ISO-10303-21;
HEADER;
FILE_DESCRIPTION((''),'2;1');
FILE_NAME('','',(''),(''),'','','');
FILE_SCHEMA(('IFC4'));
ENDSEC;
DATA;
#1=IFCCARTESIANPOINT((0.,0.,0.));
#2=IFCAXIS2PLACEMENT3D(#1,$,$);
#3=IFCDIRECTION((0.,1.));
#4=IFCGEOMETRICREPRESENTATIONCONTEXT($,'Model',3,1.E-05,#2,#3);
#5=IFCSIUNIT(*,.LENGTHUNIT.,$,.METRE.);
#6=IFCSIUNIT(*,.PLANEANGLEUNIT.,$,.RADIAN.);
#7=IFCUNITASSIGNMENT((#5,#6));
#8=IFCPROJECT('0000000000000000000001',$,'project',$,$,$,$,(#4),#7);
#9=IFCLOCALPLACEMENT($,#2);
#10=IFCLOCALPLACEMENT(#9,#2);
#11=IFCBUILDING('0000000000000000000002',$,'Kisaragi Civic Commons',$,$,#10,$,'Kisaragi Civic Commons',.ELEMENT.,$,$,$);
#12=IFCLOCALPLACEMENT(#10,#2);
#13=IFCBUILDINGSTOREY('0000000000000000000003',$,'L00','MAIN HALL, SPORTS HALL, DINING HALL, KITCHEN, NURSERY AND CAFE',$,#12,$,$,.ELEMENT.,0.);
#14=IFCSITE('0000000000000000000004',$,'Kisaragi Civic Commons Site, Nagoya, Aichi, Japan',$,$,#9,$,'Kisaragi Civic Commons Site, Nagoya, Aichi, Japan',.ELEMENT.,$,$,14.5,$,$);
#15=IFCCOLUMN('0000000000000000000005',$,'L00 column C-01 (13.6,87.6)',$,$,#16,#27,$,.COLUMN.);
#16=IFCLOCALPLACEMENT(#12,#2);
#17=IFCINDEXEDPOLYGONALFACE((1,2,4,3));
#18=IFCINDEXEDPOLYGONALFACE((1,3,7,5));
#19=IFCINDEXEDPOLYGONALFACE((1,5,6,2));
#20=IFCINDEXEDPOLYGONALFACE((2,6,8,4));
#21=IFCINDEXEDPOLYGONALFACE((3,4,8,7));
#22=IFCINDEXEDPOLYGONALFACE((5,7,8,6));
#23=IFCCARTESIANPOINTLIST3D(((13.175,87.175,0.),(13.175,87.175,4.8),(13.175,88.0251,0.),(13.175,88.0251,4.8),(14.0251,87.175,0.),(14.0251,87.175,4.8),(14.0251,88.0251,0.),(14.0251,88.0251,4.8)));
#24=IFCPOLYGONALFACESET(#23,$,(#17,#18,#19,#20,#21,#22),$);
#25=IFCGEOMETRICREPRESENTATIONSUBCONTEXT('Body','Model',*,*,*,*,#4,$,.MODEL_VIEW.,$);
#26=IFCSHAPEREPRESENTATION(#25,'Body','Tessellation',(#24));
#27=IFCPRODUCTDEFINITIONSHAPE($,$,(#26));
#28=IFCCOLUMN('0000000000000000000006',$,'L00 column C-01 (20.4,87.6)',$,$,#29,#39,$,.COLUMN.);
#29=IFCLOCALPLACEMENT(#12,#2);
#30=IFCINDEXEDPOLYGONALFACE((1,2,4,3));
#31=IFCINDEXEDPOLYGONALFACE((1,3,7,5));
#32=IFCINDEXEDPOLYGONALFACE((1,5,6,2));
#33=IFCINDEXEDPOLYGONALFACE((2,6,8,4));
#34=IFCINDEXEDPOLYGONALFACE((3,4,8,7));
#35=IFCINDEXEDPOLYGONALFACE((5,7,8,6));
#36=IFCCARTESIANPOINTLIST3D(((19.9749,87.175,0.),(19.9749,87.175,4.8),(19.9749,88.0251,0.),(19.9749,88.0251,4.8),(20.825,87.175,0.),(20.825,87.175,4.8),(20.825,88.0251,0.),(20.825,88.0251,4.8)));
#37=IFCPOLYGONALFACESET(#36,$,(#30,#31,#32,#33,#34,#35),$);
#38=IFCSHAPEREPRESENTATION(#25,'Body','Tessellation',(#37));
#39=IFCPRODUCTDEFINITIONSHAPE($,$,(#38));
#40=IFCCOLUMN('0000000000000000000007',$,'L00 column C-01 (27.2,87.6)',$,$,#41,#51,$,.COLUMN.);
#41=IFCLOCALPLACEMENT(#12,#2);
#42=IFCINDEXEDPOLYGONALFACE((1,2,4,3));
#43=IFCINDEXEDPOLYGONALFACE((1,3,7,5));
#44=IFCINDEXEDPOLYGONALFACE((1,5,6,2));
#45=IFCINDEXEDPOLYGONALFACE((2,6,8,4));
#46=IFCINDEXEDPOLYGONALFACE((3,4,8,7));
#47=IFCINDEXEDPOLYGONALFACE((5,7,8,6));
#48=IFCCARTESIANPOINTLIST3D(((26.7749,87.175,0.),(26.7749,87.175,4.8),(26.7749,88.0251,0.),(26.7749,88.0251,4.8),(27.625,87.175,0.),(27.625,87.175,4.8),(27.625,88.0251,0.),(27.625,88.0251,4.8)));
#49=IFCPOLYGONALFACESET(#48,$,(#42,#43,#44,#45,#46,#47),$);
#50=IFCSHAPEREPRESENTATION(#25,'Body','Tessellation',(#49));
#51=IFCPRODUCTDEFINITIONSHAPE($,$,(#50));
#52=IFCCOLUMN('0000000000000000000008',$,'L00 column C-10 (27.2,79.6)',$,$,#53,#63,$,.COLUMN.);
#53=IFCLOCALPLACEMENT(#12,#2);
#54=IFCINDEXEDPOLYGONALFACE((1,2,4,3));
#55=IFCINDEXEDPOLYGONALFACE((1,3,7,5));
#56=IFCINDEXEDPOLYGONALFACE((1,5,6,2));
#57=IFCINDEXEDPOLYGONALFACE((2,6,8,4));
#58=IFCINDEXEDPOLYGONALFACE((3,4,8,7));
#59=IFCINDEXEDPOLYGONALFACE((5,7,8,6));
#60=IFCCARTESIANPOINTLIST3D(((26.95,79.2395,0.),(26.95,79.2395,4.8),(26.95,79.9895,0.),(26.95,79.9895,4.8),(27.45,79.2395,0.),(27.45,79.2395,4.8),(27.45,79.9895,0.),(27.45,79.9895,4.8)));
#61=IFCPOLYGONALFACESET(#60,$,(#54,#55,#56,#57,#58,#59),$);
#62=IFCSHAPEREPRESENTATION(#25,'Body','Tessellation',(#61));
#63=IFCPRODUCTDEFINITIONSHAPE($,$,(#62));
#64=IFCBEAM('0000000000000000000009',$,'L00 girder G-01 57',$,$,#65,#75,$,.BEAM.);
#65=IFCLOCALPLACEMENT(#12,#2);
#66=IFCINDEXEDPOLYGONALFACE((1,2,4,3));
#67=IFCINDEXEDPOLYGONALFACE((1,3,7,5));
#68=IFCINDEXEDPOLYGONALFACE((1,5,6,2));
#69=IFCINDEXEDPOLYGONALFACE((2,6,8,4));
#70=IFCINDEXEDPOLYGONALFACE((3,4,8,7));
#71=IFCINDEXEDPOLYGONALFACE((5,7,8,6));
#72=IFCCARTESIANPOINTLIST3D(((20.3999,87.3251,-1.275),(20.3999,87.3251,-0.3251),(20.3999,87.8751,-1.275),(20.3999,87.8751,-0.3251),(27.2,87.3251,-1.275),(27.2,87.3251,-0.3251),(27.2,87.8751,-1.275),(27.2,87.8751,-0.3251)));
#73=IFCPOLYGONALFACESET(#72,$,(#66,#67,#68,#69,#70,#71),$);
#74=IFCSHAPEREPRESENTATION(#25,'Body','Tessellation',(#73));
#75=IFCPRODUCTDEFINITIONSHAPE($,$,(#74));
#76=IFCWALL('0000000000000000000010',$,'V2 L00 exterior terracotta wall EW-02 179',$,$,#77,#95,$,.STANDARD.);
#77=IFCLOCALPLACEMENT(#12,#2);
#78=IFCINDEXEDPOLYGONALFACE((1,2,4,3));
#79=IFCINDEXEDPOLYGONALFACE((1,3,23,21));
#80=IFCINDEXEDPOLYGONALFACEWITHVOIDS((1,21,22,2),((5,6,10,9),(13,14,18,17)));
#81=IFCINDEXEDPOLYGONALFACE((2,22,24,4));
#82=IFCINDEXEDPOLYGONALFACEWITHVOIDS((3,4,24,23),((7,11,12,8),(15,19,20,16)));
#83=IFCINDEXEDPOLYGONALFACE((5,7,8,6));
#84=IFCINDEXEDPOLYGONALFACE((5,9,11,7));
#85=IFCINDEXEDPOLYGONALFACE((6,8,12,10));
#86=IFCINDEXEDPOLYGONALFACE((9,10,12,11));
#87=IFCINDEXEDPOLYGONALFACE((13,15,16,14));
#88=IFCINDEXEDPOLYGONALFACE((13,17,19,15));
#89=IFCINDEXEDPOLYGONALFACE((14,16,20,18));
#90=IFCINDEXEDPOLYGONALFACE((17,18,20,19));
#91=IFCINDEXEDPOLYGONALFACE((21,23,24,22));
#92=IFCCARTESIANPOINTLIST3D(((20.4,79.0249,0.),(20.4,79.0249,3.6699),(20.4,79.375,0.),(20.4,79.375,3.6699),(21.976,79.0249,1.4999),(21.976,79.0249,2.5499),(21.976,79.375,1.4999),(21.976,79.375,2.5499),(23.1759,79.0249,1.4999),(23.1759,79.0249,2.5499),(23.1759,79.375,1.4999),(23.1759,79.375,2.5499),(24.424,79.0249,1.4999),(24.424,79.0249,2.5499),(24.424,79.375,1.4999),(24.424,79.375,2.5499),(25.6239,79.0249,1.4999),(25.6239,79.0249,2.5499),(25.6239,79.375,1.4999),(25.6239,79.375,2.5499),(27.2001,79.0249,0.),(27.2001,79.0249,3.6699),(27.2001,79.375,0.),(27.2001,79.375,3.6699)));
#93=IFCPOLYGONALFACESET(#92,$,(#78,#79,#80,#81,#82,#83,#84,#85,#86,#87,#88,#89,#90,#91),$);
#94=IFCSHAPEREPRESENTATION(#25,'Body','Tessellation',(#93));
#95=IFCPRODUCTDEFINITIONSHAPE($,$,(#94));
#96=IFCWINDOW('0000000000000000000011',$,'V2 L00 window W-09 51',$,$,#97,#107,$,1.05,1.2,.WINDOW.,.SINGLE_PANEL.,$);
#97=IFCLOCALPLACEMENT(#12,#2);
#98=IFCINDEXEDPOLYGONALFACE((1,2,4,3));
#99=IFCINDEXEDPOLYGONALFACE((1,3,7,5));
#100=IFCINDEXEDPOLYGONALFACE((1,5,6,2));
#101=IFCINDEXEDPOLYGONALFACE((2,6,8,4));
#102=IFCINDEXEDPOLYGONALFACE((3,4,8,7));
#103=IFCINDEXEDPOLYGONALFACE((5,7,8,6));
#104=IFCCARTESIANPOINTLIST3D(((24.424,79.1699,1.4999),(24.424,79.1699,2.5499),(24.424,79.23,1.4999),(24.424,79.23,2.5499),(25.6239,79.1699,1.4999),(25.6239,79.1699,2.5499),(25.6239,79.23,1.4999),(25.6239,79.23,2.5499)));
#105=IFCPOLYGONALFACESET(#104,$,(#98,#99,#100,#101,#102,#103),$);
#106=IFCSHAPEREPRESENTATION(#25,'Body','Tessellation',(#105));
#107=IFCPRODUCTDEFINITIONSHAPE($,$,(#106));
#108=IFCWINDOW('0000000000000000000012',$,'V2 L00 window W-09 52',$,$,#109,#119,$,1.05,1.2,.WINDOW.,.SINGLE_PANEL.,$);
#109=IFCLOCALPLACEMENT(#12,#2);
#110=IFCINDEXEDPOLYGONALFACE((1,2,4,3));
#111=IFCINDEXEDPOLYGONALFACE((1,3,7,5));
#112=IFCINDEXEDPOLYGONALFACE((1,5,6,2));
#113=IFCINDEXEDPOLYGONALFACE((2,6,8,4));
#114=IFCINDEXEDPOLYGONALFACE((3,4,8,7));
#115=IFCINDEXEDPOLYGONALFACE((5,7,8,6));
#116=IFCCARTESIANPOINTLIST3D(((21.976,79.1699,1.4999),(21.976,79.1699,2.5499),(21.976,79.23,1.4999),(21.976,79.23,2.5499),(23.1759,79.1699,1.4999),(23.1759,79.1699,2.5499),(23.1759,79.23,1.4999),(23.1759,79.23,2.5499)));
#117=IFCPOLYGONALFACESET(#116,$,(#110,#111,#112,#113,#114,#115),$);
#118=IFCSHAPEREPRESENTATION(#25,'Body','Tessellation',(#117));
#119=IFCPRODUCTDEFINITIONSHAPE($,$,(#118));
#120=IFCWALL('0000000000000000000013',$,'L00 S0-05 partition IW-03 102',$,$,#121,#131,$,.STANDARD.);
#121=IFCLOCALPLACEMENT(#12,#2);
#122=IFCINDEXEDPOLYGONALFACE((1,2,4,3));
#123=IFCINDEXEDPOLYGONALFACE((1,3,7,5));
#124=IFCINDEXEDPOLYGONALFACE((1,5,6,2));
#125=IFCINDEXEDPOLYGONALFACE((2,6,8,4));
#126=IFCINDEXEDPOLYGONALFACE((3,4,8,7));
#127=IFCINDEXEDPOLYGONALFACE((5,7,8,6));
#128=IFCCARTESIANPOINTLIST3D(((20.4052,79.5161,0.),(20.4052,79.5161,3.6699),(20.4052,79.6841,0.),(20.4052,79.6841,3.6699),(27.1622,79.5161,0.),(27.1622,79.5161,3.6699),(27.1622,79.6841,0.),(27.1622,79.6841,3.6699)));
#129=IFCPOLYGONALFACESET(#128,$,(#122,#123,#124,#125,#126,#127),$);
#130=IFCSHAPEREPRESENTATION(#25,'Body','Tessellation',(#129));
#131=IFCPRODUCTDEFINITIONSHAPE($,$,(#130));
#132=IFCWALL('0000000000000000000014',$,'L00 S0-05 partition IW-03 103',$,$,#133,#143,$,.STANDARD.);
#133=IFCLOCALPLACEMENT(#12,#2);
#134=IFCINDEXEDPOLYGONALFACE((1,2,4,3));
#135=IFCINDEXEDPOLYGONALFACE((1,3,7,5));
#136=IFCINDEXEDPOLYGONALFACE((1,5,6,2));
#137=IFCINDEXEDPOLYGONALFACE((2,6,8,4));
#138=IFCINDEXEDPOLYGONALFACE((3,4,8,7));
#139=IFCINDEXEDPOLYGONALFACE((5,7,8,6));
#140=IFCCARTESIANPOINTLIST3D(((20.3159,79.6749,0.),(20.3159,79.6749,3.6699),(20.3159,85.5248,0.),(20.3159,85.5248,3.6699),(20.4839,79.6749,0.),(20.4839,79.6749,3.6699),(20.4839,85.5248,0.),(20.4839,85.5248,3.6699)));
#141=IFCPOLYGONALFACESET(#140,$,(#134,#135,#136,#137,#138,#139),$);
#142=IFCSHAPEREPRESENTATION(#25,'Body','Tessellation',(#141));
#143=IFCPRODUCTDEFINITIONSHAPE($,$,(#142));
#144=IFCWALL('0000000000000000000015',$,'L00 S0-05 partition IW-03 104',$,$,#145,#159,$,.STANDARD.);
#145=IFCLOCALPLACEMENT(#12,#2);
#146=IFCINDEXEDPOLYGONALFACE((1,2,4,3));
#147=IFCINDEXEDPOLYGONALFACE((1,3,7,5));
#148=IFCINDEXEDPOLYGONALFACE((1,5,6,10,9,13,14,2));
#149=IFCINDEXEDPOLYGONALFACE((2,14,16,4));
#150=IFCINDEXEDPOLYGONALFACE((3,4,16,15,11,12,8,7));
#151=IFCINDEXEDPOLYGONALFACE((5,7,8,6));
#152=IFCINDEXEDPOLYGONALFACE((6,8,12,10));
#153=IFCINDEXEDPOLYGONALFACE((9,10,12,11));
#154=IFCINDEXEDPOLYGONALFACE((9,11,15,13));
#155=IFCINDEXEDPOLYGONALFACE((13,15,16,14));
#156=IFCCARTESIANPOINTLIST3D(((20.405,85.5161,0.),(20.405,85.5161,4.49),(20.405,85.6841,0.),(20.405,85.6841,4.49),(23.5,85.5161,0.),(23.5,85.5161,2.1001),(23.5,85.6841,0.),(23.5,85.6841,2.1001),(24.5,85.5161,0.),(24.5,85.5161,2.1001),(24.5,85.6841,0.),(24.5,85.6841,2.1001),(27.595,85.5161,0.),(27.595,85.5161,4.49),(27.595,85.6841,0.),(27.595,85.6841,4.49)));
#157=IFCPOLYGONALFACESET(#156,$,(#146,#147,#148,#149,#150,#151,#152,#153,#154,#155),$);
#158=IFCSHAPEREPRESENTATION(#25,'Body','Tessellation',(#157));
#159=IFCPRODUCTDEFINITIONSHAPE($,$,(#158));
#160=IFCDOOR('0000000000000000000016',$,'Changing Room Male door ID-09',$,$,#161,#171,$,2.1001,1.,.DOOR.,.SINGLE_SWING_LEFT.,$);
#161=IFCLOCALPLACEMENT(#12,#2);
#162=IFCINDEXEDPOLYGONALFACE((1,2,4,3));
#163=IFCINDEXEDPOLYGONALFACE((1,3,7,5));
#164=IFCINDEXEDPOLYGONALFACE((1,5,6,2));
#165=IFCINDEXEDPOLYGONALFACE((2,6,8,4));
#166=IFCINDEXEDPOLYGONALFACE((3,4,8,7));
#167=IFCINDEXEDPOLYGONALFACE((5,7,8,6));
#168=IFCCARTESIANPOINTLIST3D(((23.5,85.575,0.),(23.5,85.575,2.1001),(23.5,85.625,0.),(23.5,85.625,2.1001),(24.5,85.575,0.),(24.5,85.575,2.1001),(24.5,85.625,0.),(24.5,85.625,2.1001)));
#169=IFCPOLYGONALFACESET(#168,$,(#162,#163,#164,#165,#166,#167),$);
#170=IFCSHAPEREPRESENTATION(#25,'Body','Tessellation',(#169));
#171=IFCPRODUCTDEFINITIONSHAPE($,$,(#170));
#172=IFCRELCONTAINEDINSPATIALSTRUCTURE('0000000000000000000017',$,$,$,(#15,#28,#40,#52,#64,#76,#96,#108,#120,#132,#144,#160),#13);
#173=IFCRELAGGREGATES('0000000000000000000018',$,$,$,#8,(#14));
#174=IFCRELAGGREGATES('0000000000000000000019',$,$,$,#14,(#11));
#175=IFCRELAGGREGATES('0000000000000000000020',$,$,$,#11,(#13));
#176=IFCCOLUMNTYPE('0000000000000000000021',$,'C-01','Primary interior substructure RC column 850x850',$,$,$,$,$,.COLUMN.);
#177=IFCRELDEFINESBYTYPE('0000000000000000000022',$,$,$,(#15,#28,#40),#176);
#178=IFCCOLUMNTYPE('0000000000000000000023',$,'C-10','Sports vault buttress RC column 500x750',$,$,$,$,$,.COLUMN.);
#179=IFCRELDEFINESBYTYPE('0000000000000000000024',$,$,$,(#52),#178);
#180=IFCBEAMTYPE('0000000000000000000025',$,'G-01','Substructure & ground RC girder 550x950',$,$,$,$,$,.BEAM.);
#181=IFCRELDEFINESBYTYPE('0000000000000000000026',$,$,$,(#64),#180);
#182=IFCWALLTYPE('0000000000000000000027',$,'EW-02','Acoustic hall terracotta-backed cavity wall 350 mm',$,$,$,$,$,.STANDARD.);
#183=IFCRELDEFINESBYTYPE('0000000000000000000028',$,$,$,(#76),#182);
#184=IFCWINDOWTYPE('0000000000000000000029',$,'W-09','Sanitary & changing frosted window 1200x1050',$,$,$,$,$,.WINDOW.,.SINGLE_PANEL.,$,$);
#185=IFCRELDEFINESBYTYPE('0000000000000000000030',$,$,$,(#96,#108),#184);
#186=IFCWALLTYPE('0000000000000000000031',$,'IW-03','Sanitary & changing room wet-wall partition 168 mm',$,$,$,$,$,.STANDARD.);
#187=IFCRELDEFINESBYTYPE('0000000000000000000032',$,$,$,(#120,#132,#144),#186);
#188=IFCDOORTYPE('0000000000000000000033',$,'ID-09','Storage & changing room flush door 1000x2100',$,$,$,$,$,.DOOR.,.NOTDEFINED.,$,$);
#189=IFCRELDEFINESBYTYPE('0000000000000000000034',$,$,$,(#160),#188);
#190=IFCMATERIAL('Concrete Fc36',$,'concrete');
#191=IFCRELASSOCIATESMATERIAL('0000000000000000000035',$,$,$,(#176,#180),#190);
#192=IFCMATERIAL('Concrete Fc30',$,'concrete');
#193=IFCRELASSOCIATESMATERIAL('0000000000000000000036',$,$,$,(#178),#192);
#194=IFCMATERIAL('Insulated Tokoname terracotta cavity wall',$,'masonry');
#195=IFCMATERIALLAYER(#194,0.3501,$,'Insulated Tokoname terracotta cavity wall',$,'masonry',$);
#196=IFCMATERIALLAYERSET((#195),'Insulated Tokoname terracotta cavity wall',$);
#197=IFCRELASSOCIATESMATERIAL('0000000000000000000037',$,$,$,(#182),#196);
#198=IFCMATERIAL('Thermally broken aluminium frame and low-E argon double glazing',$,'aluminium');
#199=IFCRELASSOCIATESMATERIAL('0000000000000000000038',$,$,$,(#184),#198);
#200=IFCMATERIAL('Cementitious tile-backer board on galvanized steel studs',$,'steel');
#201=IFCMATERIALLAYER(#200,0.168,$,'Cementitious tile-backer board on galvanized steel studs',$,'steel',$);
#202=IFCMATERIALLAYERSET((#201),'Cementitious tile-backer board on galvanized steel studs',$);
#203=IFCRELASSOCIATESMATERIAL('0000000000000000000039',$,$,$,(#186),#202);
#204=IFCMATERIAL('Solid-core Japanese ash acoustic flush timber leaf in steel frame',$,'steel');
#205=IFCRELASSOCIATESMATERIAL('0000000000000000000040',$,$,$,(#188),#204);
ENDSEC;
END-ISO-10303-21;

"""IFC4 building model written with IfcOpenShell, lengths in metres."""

from ifc_helpers import new_model, si_unit, direction, frame, frame_2d, origin, origin_2d, place, context, subcontext, project, spatial, rectangle, extrude, material, layer, layer_set, material_profile, profile_set, type_object, element, fill, save


model = new_model("IFC4")

# Units and contexts
model_context = context("Model", 3, precision=1e-05, world=origin(), true_north=direction((0.0, 1.0)))
body_context = subcontext(model_context, "Body", "Model", "MODEL_VIEW")
ifc_project = project(units=[si_unit("LENGTHUNIT", "METRE"), si_unit("PLANEANGLEUNIT", "RADIAN")], contexts=[model_context])

# Site, building, storey
site_placement = place(None, origin())
site = spatial("IfcSite", under=ifc_project, at=site_placement, Name="Kisaragi Civic Commons Site, Nagoya, Aichi, Japan", LongName="Kisaragi Civic Commons Site, Nagoya, Aichi, Japan", CompositionType="ELEMENT", RefElevation=14.5)
building_placement = place(site_placement, origin())
building = spatial("IfcBuilding", under=site, at=building_placement, Name="Kisaragi Civic Commons", LongName="Kisaragi Civic Commons", CompositionType="ELEMENT")
storey_placement = place(building_placement, origin())
storey = spatial("IfcBuildingStorey", under=building, at=storey_placement, Name="L00", Description="MAIN HALL, SPORTS HALL, DINING HALL, KITCHEN, NURSERY AND CAFE", CompositionType="ELEMENT", Elevation=0.0)

# Columns
ifc_material_1 = material(Name="Concrete Fc36", Category="concrete")
ifc_material_profile_1 = material_profile(ifc_material_1, rectangle(XDim=0.8501, YDim=0.8501, at=origin_2d()), Name="RC-850x850", Category="concrete")
ifc_profile_set_1 = profile_set([ifc_material_profile_1], Name="Concrete Fc36")
column_type_1 = type_object("IfcColumnType", Name="C-01", Description="Primary interior substructure RC column 850x850", PredefinedType="COLUMN", material=ifc_profile_set_1)
for number, where, z_axis, x_axis, name in (
    (1, (13.6001, 87.6001, 0.0), (0.0, 0.0, 1.0), (1.0, 0.0, 0.0), "L00 column C-01 (13.6,87.6)"),
    (2, (20.3999, 87.6001, 0.0), (0.0, 0.0, 1.0), (1.0, 0.0, 0.0), "L00 column C-01 (20.4,87.6)"),
    (3, (27.2, 87.6001, 0.0), (0.0, 0.0, 1.0), (1.0, 0.0, 0.0), "L00 column C-01 (27.2,87.6)"),
):
    element("IfcColumn", number, at=place(storey_placement, frame(where, z_axis=z_axis, x_axis=x_axis)), inside=storey, type_object=column_type_1, Name=name, PredefinedType="COLUMN", context=body_context, shape_type="SweptSolid", body=[
        extrude(rectangle(XDim=0.8501, YDim=0.8501, at=origin_2d()), origin(), (0.0, 0.0, 1.0), 4.8),
    ])
ifc_material_2 = material(Name="Concrete Fc30", Category="concrete")
ifc_material_profile_2 = material_profile(ifc_material_2, rectangle(XDim=0.5, YDim=0.75, at=origin_2d()), Name="RC-500x750", Category="concrete")
ifc_profile_set_2 = profile_set([ifc_material_profile_2], Name="Concrete Fc30")
column_type_2 = type_object("IfcColumnType", Name="C-10", Description="Sports vault buttress RC column 500x750", PredefinedType="COLUMN", material=ifc_profile_set_2)
column_placement = place(storey_placement, frame((27.2, 79.6145, 0.0), z_axis=(0.0, 0.0, 1.0), x_axis=(1.0, 0.0, 0.0)))
element("IfcColumn", 4, at=column_placement, inside=storey, type_object=column_type_2, Name="L00 column C-10 (27.2,79.6)", PredefinedType="COLUMN", context=body_context, shape_type="SweptSolid", body=[
    extrude(rectangle(XDim=0.5, YDim=0.75, at=origin_2d()), origin(), (0.0, 0.0, 1.0), 4.8),
])

# Beam
ifc_material_profile_3 = material_profile(ifc_material_1, rectangle(XDim=0.55, YDim=0.95, at=origin_2d()), Name="RC-550x950", Category="concrete")
ifc_profile_set_3 = profile_set([ifc_material_profile_3], Name="Concrete Fc36")
beam_type = type_object("IfcBeamType", Name="G-01", Description="Substructure & ground RC girder 550x950", PredefinedType="BEAM", material=ifc_profile_set_3)
beam_placement = place(storey_placement, frame((20.3999, 87.6001, -0.8), z_axis=(1.0, 0.0, 0.0), x_axis=(0.0, 1.0, 0.0)))
element("IfcBeam", 5, at=beam_placement, inside=storey, type_object=beam_type, Name="L00 girder G-01 57", PredefinedType="BEAM", context=body_context, shape_type="SweptSolid", body=[
    extrude(rectangle(XDim=0.55, YDim=0.95, at=origin_2d()), origin(), (0.0, 0.0, 1.0), 6.8),
])

# Wall, openings, windows
ifc_material_3 = material(Name="Insulated Tokoname terracotta cavity wall", Category="masonry")
ifc_layer_1 = layer(ifc_material_3, 0.3501, Name="Insulated Tokoname terracotta cavity wall", Category="masonry")
ifc_layer_set_1 = layer_set([ifc_layer_1], Name="Insulated Tokoname terracotta cavity wall")
wall_type_1 = type_object("IfcWallType", Name="EW-02", Description="Acoustic hall terracotta-backed cavity wall 350 mm", PredefinedType="STANDARD", material=ifc_layer_set_1)
wall_1_placement = place(storey_placement, frame((27.2, 79.2, 0.0), z_axis=(0.0, 0.0, 1.0), x_axis=(-1.0, 0.0, 0.0)))
wall_1 = element("IfcWall", 6, at=wall_1_placement, inside=storey, type_object=wall_type_1, Name="V2 L00 exterior terracotta wall EW-02 179", PredefinedType="STANDARD", context=body_context, shape_type="SweptSolid", body=[
    extrude(rectangle(XDim=6.8, YDim=0.3501, at=frame_2d((3.3999, 0.0))), origin(), (0.0, 0.0, 1.0), 3.6699),
])
opening_1_placement = place(wall_1_placement, frame((1.5759, 0.0, 1.5)))
opening_1 = element("IfcOpeningElement", 7, at=opening_1_placement, cuts=wall_1, PredefinedType="OPENING", context=body_context, shape_type="SweptSolid", body=[
    extrude(rectangle(XDim=1.2, YDim=1.05, at=frame_2d((0.6001, 0.5249))), frame((0.0, 0.1851, 0.0), z_axis=(0.0, -1.0, 0.0), x_axis=(1.0, 0.0, 0.0)), (0.0, 0.0, 1.0), 0.3701),
])
opening_2_placement = place(wall_1_placement, frame((4.0239, 0.0, 1.5)))
opening_2 = element("IfcOpeningElement", 8, at=opening_2_placement, cuts=wall_1, PredefinedType="OPENING", context=body_context, shape_type="SweptSolid", body=[
    extrude(rectangle(XDim=1.2, YDim=1.05, at=frame_2d((0.6001, 0.5249))), frame((0.0, 0.1851, 0.0), z_axis=(0.0, -1.0, 0.0), x_axis=(1.0, 0.0, 0.0)), (0.0, 0.0, 1.0), 0.3701),
])
ifc_material_4 = material(Name="Thermally broken aluminium frame and low-E argon double glazing", Category="aluminium")
window_type = type_object("IfcWindowType", Name="W-09", Description="Sanitary & changing frosted window 1200x1050", PartitioningType="SINGLE_PANEL", PredefinedType="WINDOW", material=ifc_material_4)
window_1_placement = place(opening_1_placement, origin())
window_1 = element("IfcWindow", 9, at=window_1_placement, inside=storey, type_object=window_type, Name="V2 L00 window W-09 51", OverallHeight=1.05, OverallWidth=1.2, PartitioningType="SINGLE_PANEL", PredefinedType="WINDOW", context=body_context, shape_type="SweptSolid", body=[
    extrude(rectangle(XDim=1.2, YDim=1.05, at=frame_2d((0.6001, 0.5249))), frame((0.0, 0.03, 0.0), z_axis=(0.0, -1.0, 0.0), x_axis=(1.0, 0.0, 0.0)), (0.0, 0.0, 1.0), 0.0601),
])
fill(opening_1, window_1)
window_2_placement = place(opening_2_placement, origin())
window_2 = element("IfcWindow", 10, at=window_2_placement, inside=storey, type_object=window_type, Name="V2 L00 window W-09 52", OverallHeight=1.05, OverallWidth=1.2, PartitioningType="SINGLE_PANEL", PredefinedType="WINDOW", context=body_context, shape_type="SweptSolid", body=[
    extrude(rectangle(XDim=1.2, YDim=1.05, at=frame_2d((0.6001, 0.5249))), frame((0.0, 0.03, 0.0), z_axis=(0.0, -1.0, 0.0), x_axis=(1.0, 0.0, 0.0)), (0.0, 0.0, 1.0), 0.0601),
])
fill(opening_2, window_2)

# Walls
ifc_material_5 = material(Name="Cementitious tile-backer board on galvanized steel studs", Category="steel")
ifc_layer_2 = layer(ifc_material_5, 0.168, Name="Cementitious tile-backer board on galvanized steel studs", Category="steel")
ifc_layer_set_2 = layer_set([ifc_layer_2], Name="Cementitious tile-backer board on galvanized steel studs")
wall_type_2 = type_object("IfcWallType", Name="IW-03", Description="Sanitary & changing room wet-wall partition 168 mm", PredefinedType="STANDARD", material=ifc_layer_set_2)
wall_2_placement = place(storey_placement, frame((27.1621, 79.6001, 0.0), z_axis=(0.0, 0.0, 1.0), x_axis=(-1.0, 0.0, 0.0)))
element("IfcWall", 11, at=wall_2_placement, inside=storey, type_object=wall_type_2, Name="L00 S0-05 partition IW-03 102", PredefinedType="STANDARD", context=body_context, shape_type="SweptSolid", body=[
    extrude(rectangle(XDim=6.7571, YDim=0.168, at=frame_2d((3.3784, 0.0))), origin(), (0.0, 0.0, 1.0), 3.6699),
])
wall_3_placement = place(storey_placement, frame((20.3999, 79.675, 0.0), z_axis=(0.0, 0.0, 1.0), x_axis=(0.0, 1.0, 0.0)))
element("IfcWall", 12, at=wall_3_placement, inside=storey, type_object=wall_type_2, Name="L00 S0-05 partition IW-03 103", PredefinedType="STANDARD", context=body_context, shape_type="SweptSolid", body=[
    extrude(rectangle(XDim=5.8499, YDim=0.168, at=frame_2d((2.9248, 0.0))), origin(), (0.0, 0.0, 1.0), 3.6699),
])

# Wall, opening, door
wall_4_placement = place(storey_placement, frame((20.405, 85.6001, 0.0), z_axis=(0.0, 0.0, 1.0), x_axis=(1.0, 0.0, 0.0)))
wall_4 = element("IfcWall", 13, at=wall_4_placement, inside=storey, type_object=wall_type_2, Name="L00 S0-05 partition IW-03 104", PredefinedType="STANDARD", context=body_context, shape_type="SweptSolid", body=[
    extrude(rectangle(XDim=7.1899, YDim=0.168, at=frame_2d((3.595, 0.0))), origin(), (0.0, 0.0, 1.0), 4.49),
])
opening_3_placement = place(wall_4_placement, frame((3.095, 0.0, 0.0)))
opening_3 = element("IfcOpeningElement", 14, at=opening_3_placement, cuts=wall_4, PredefinedType="OPENING", context=body_context, shape_type="SweptSolid", body=[
    extrude(rectangle(XDim=1.0, YDim=2.1001, at=frame_2d((0.5, 1.05))), frame((0.0, 0.094, 0.0), z_axis=(0.0, -1.0, 0.0), x_axis=(1.0, 0.0, 0.0)), (0.0, 0.0, 1.0), 0.188),
])
ifc_material_6 = material(Name="Solid-core Japanese ash acoustic flush timber leaf in steel frame", Category="steel")
door_type_1 = type_object("IfcDoorType", Name="ID-09", Description="Storage & changing room flush door 1000x2100", OperationType="NOTDEFINED", PredefinedType="DOOR", material=ifc_material_6)
door_1_placement = place(opening_3_placement, origin())
door_1 = element("IfcDoor", 15, at=door_1_placement, inside=storey, type_object=door_type_1, Name="Changing Room Male door ID-09", OperationType="SINGLE_SWING_LEFT", OverallHeight=2.1001, OverallWidth=1.0, PredefinedType="DOOR", context=body_context, shape_type="SweptSolid", body=[
    extrude(rectangle(XDim=1.0, YDim=2.1001, at=frame_2d((0.5, 1.05))), frame((0.0, 0.0249, 0.0), z_axis=(0.0, -1.0, 0.0), x_axis=(1.0, 0.0, 0.0)), (0.0, 0.0, 1.0), 0.05),
])
fill(opening_3, door_1)

save(model, "model.ifc")
